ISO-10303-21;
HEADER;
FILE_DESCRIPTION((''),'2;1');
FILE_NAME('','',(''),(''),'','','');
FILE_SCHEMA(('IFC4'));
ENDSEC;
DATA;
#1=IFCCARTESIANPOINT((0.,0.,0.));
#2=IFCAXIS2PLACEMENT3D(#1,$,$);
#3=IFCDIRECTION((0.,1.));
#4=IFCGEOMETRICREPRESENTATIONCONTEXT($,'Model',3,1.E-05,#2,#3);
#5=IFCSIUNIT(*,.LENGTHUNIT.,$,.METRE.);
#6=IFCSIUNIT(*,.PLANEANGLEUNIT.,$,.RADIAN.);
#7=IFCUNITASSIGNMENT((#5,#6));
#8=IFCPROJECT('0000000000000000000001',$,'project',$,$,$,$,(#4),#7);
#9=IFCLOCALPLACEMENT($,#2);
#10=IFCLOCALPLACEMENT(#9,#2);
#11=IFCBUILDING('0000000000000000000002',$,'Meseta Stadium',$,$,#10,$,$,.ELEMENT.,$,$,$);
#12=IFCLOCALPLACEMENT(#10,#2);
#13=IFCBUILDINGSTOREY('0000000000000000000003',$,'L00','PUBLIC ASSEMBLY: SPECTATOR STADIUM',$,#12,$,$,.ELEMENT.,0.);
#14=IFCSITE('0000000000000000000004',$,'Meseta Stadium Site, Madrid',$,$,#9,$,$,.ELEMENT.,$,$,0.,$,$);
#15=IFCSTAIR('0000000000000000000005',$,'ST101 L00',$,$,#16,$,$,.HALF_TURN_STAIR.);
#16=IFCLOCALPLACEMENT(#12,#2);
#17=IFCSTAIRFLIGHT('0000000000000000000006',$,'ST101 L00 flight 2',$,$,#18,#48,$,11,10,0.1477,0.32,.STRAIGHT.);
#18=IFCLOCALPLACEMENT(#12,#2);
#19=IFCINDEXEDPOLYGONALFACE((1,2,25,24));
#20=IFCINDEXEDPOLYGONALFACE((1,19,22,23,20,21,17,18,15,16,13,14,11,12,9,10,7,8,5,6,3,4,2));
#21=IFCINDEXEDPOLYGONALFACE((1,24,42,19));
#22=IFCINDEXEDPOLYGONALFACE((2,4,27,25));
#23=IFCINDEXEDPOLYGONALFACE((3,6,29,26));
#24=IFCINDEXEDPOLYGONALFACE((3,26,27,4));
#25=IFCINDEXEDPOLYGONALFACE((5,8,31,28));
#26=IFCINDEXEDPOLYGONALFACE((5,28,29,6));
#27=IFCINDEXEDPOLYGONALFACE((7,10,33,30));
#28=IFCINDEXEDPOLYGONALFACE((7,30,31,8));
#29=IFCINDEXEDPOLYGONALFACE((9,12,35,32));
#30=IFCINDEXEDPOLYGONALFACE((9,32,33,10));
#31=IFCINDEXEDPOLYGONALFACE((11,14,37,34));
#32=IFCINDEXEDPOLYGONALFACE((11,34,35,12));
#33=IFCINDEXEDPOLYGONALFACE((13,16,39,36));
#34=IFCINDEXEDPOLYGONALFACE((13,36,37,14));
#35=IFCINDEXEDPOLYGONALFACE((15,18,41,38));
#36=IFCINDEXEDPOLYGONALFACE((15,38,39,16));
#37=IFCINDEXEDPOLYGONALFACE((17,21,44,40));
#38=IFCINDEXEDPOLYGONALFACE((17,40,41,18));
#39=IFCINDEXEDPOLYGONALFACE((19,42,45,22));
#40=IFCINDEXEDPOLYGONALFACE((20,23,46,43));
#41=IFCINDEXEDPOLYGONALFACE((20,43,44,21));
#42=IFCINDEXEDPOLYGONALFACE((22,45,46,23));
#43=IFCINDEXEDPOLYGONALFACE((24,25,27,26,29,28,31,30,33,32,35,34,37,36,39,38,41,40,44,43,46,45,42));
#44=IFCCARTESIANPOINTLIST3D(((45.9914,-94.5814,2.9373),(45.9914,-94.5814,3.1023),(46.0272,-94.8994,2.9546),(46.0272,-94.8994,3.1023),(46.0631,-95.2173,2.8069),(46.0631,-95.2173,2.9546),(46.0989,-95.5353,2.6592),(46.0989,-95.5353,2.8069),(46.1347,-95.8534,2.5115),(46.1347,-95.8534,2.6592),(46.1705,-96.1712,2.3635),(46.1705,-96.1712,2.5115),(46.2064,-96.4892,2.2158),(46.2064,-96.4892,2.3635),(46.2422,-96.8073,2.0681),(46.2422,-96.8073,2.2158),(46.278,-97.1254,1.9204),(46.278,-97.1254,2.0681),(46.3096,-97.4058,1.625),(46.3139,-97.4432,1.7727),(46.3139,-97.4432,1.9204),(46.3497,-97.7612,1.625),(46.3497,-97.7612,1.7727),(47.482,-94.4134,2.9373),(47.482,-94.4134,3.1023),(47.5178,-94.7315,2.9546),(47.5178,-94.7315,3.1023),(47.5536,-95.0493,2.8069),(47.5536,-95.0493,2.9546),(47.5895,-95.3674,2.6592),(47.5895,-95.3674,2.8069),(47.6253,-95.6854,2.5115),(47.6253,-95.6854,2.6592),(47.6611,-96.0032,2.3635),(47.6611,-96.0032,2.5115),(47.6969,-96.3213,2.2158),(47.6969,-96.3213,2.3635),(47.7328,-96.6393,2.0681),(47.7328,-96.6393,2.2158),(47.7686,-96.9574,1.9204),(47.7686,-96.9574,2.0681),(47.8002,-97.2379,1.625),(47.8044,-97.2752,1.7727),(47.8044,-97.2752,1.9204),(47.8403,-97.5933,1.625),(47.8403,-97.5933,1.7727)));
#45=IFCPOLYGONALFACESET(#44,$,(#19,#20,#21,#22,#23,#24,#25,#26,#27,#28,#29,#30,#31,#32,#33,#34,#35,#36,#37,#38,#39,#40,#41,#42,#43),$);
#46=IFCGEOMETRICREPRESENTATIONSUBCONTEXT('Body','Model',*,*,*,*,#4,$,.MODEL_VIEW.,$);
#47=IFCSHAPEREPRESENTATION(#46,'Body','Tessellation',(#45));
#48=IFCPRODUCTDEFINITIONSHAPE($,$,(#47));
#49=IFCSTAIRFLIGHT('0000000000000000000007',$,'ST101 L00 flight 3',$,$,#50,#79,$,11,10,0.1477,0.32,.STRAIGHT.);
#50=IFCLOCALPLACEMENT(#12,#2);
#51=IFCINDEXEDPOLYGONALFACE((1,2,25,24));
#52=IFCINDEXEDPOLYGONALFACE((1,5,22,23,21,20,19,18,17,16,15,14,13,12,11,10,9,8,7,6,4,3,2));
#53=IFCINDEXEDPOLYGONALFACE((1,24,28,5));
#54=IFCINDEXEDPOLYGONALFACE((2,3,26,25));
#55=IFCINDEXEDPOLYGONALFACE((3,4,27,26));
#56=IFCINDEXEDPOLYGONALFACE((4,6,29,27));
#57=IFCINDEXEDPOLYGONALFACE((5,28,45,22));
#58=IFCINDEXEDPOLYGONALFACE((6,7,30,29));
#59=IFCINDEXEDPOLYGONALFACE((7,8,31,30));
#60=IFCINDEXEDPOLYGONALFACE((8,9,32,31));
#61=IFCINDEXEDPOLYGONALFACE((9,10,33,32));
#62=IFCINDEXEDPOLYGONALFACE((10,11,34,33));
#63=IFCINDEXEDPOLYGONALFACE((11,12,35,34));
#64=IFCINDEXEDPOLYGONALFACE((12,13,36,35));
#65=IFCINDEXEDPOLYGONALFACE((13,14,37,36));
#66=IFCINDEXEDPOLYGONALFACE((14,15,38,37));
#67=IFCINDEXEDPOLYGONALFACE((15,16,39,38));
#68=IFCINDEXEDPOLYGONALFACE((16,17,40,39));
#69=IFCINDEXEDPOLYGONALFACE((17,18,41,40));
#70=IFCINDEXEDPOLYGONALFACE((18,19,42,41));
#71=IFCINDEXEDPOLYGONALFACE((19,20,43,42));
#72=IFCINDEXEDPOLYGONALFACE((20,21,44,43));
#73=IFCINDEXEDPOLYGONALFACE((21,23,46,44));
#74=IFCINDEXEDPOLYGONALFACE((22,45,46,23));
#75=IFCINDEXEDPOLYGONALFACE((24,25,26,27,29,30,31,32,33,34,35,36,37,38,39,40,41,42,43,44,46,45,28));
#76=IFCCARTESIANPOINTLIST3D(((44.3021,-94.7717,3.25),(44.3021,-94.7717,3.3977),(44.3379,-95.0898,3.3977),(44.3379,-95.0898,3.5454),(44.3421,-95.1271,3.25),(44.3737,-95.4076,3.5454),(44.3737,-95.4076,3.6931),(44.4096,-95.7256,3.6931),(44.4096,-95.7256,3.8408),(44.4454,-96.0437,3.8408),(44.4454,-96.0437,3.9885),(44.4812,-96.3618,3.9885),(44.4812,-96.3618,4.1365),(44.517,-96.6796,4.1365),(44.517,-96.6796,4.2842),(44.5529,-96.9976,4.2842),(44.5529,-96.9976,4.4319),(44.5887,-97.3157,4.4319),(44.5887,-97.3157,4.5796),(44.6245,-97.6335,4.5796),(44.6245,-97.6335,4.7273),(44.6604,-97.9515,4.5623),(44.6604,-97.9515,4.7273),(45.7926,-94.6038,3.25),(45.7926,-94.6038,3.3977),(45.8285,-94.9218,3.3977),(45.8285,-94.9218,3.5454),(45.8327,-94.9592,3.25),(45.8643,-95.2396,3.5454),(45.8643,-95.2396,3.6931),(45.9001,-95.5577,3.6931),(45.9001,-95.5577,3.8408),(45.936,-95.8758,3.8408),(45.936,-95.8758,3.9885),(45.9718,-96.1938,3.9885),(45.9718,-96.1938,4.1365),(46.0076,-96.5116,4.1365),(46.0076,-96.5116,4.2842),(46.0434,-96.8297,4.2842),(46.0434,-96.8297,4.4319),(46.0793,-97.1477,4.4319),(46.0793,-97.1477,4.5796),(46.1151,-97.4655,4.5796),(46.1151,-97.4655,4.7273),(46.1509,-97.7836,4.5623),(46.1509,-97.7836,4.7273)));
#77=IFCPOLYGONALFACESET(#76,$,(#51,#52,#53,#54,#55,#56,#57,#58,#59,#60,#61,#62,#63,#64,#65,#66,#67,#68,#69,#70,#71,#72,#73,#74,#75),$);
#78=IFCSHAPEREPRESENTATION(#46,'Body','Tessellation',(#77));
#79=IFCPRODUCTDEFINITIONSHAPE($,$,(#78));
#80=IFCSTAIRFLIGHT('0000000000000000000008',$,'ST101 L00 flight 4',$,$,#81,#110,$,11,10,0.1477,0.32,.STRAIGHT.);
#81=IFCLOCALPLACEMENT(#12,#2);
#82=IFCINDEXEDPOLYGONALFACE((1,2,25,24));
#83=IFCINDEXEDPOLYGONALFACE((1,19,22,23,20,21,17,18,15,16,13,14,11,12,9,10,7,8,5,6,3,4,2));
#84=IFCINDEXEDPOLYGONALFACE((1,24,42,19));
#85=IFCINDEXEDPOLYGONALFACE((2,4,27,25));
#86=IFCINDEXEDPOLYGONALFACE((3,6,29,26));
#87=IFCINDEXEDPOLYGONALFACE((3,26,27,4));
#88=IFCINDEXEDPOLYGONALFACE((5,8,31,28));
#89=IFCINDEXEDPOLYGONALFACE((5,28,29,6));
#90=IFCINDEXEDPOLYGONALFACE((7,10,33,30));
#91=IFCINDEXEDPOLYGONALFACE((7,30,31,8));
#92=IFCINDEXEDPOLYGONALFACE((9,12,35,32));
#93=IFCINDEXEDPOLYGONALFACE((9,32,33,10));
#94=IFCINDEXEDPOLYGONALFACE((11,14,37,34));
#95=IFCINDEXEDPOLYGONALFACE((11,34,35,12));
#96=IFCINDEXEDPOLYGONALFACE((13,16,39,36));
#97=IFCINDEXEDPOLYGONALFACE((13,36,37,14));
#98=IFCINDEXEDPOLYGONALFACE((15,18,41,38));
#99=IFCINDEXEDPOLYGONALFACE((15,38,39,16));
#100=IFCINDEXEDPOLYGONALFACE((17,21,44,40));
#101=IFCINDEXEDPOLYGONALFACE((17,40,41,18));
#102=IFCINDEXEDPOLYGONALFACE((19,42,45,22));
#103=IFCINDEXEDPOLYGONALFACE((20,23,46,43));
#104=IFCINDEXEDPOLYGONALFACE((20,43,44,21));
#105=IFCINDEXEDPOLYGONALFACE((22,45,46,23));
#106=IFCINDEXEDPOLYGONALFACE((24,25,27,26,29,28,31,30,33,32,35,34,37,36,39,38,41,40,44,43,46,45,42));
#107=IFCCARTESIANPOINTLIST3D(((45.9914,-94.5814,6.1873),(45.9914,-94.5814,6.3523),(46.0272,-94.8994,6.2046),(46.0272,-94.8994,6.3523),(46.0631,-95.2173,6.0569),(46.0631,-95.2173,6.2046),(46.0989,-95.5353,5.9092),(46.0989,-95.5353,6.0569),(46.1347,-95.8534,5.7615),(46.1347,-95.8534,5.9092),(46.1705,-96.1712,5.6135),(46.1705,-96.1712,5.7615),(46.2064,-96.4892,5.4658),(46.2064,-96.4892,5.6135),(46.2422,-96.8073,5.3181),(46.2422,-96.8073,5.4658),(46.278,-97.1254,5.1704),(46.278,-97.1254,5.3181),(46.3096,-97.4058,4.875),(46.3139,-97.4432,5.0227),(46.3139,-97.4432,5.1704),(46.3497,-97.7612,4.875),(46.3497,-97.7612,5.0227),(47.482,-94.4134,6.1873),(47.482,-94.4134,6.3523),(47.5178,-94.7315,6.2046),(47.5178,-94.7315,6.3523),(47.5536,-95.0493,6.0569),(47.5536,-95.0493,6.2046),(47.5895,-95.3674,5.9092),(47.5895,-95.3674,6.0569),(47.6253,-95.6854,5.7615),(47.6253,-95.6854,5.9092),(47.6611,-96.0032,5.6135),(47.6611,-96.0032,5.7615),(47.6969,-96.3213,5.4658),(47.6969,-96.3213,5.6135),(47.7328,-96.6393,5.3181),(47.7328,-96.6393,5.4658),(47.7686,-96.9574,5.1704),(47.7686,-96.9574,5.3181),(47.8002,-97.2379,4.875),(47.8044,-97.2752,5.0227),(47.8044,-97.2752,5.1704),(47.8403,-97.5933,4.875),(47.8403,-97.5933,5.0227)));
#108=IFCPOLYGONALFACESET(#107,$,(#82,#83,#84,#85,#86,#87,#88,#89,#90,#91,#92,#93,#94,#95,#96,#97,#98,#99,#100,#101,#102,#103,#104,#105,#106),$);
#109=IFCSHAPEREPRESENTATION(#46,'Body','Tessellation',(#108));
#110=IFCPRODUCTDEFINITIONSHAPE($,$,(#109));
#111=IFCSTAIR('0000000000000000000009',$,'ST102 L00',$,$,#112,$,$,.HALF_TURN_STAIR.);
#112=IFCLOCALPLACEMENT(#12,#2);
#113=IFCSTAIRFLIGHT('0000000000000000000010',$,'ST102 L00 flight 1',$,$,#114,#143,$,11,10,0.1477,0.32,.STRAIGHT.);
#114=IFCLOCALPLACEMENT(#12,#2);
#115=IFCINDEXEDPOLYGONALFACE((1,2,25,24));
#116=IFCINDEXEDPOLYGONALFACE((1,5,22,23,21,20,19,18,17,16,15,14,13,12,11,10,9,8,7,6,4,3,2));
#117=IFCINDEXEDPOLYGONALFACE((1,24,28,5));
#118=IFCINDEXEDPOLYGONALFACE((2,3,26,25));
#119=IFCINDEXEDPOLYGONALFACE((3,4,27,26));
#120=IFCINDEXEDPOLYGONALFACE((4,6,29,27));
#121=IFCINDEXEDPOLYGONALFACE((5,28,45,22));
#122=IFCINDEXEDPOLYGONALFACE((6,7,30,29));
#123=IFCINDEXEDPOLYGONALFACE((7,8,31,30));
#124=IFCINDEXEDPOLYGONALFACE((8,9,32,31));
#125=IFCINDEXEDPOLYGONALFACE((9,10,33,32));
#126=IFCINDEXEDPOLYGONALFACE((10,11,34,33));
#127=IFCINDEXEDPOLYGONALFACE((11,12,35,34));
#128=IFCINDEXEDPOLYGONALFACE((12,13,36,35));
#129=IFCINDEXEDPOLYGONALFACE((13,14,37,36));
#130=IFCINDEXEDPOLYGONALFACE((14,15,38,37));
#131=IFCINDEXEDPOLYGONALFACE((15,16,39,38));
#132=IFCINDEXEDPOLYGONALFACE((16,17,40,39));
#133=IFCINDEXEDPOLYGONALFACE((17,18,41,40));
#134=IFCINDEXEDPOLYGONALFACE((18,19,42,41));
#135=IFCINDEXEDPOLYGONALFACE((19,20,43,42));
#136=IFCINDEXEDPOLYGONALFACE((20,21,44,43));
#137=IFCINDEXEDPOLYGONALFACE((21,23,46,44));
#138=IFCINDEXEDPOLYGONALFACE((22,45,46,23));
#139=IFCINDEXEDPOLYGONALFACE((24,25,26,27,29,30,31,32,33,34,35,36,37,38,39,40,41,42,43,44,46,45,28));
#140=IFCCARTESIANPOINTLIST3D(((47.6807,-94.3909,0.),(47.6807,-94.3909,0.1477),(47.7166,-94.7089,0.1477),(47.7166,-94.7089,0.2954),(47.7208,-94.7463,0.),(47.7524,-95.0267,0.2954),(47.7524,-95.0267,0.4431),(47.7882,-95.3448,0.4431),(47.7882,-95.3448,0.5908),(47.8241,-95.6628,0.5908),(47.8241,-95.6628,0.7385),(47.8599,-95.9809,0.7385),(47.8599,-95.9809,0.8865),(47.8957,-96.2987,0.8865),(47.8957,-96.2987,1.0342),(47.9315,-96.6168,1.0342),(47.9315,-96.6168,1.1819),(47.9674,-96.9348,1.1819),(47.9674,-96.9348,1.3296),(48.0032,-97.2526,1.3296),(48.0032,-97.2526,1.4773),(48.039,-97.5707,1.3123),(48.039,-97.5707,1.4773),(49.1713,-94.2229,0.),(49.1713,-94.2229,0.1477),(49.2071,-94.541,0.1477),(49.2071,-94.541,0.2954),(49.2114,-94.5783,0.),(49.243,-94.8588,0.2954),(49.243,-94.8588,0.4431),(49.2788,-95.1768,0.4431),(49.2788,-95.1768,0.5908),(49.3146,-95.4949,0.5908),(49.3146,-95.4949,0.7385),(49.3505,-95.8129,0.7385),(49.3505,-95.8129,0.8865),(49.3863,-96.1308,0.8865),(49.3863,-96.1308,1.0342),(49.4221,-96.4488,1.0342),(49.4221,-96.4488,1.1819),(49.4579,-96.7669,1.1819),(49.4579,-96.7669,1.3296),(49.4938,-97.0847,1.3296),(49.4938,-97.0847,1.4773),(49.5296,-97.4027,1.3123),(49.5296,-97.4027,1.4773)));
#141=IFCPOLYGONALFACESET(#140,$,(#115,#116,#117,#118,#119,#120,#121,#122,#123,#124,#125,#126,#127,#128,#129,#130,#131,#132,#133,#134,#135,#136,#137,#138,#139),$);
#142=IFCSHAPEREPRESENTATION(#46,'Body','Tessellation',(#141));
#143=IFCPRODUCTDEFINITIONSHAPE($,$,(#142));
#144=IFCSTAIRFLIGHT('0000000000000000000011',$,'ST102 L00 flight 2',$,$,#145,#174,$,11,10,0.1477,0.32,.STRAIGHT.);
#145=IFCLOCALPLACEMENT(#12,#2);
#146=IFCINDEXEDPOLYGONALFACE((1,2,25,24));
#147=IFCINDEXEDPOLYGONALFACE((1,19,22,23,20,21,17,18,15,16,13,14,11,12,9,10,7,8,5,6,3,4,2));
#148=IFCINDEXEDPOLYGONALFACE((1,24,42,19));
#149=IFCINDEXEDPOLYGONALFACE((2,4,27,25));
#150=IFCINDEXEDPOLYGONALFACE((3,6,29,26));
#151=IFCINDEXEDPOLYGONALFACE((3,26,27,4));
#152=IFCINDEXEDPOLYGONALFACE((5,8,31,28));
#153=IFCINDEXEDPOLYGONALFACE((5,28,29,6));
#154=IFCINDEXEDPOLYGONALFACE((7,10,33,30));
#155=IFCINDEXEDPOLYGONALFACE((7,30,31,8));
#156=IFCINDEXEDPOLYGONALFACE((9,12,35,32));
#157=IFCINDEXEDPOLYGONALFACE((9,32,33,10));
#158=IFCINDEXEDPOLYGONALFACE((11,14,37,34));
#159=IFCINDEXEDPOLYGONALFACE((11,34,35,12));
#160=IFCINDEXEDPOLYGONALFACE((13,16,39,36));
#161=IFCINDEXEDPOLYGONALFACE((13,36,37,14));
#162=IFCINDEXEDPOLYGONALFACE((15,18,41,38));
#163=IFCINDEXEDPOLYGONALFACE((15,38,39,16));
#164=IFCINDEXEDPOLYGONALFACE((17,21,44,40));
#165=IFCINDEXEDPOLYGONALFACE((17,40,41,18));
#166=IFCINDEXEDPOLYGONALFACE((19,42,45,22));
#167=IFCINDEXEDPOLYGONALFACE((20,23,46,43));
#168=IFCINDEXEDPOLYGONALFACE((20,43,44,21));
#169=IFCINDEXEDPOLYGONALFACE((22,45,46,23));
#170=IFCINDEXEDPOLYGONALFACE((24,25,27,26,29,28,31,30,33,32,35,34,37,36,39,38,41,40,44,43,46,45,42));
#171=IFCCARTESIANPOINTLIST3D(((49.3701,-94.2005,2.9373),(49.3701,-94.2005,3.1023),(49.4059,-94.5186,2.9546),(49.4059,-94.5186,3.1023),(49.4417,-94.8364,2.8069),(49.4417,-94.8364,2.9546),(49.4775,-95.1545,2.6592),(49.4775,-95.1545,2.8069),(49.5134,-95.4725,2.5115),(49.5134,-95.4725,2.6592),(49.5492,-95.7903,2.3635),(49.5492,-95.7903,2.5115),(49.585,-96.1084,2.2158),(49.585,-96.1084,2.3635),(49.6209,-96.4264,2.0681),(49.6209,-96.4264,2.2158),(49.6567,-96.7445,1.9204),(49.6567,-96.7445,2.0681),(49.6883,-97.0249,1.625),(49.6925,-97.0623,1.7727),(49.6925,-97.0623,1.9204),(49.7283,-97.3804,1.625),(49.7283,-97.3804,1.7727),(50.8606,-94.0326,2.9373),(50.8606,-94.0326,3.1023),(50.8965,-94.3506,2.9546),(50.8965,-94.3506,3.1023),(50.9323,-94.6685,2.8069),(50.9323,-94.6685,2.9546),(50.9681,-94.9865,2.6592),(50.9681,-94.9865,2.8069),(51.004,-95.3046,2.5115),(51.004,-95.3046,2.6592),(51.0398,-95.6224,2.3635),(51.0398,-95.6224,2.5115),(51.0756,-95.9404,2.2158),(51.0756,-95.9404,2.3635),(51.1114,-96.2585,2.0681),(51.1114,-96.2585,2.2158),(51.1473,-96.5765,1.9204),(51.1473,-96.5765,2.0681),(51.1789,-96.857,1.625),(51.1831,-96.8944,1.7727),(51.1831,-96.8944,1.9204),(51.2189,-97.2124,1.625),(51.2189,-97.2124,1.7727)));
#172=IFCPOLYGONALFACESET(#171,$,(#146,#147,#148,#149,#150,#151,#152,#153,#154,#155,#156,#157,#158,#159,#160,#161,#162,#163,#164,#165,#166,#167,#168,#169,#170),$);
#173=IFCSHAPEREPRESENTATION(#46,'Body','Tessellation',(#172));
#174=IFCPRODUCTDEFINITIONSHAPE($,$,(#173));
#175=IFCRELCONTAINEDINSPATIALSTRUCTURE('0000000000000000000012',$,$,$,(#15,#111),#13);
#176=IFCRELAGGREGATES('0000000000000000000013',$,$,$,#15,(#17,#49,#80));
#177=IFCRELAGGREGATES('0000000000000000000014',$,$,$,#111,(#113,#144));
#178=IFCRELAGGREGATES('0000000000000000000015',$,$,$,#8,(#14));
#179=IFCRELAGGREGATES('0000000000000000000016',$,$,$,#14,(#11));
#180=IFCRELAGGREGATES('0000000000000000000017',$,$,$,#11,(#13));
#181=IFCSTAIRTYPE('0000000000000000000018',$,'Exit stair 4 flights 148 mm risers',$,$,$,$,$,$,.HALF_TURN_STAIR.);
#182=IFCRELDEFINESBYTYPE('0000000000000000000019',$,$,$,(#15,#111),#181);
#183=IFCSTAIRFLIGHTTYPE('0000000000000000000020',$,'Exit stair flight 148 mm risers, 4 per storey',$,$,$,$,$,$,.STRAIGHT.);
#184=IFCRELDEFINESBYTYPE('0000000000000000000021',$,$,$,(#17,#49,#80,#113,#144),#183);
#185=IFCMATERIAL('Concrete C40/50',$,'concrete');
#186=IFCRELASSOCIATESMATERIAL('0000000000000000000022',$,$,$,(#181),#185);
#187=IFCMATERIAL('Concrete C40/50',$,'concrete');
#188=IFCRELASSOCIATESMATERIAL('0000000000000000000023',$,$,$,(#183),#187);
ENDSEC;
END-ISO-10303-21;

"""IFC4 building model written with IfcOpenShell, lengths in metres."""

from ifc_helpers import new_model, si_unit, direction, frame, origin, place, context, subcontext, project, spatial, polyline, outline, extrude, material, type_object, element, aggregate, save


model = new_model("IFC4")

# Units and contexts
model_context = context("Model", 3, precision=1e-05, world=origin(), true_north=direction((0.0, 1.0)))
body_context = subcontext(model_context, "Body", "Model", "MODEL_VIEW")
ifc_project = project(units=[si_unit("LENGTHUNIT", "METRE"), si_unit("PLANEANGLEUNIT", "RADIAN")], contexts=[model_context])

# Site, building, storey
site_placement = place(None, origin())
site = spatial("IfcSite", under=ifc_project, at=site_placement, Name="Meseta Stadium Site, Madrid", CompositionType="ELEMENT", RefElevation=0.0)
building_placement = place(site_placement, origin())
building = spatial("IfcBuilding", under=site, at=building_placement, Name="Meseta Stadium", CompositionType="ELEMENT")
storey_placement = place(building_placement, origin())
storey = spatial("IfcBuildingStorey", under=building, at=storey_placement, Name="L00", Description="PUBLIC ASSEMBLY: SPECTATOR STADIUM", CompositionType="ELEMENT", Elevation=0.0)

# Stairs, stair flights
ifc_material_1 = material(Name="Concrete C40/50", Category="concrete")
stair_type = type_object("IfcStairType", Name="Exit stair 4 flights 148 mm risers", PredefinedType="HALF_TURN_STAIR", material=ifc_material_1)
stair_1_placement = place(storey_placement, origin())
stair_1 = element("IfcStair", 1, at=stair_1_placement, inside=storey, type_object=stair_type, Name="ST101 L00", PredefinedType="HALF_TURN_STAIR")
ifc_material_2 = material(Name="Concrete C40/50", Category="concrete")
stair_flight_type = type_object("IfcStairFlightType", Name="Exit stair flight 148 mm risers, 4 per storey", PredefinedType="STRAIGHT", material=ifc_material_2)
stair_flight_1_placement = place(storey_placement, frame((47.095, -97.6772, 1.625), z_axis=(0.0, 0.0, 1.0), x_axis=(-0.111964, 0.993712, 0.0)))
stair_flight_1 = element("IfcStairFlight", 2, at=stair_flight_1_placement, type_object=stair_flight_type, Name="ST101 L00 flight 2", NumberOfRisers=11, NumberOfTreads=10, PredefinedType="STRAIGHT", RiserHeight=0.1477, TreadLength=0.32, context=body_context, shape_type="SweptSolid", body=[
    extrude(outline(polyline([(0.0, 0.0), (0.0, 0.1477), (0.3201, 0.1477), (0.3201, 0.2954), (0.6399, 0.2954), (0.6399, 0.4431), (0.96, 0.4431), (0.96, 0.5908), (1.28, 0.5908), (1.28, 0.7385), (1.6001, 0.7385), (1.6001, 0.8865), (1.9199, 0.8865), (1.9199, 1.0342), (2.24, 1.0342), (2.24, 1.1819), (2.5601, 1.1819), (2.5601, 1.3296), (2.8799, 1.3296), (2.8799, 1.4773), (3.2, 1.4773), (3.2, 1.3123), (0.3577, 0.0), (0.0, 0.0)])), frame((0.0, 0.75, 0.0), z_axis=(0.0, -1.0, 0.0), x_axis=(1.0, 0.0, 0.0)), (0.0, 0.0, 1.0), 1.5),
])
stair_flight_2_placement = place(storey_placement, frame((45.0474, -94.6877, 3.25), z_axis=(0.0, 0.0, 1.0), x_axis=(0.111964, -0.993712, 0.0)))
stair_flight_2 = element("IfcStairFlight", 3, at=stair_flight_2_placement, type_object=stair_flight_type, Name="ST101 L00 flight 3", NumberOfRisers=11, NumberOfTreads=10, PredefinedType="STRAIGHT", RiserHeight=0.1477, TreadLength=0.32, context=body_context, shape_type="SweptSolid", body=[
    extrude(outline(polyline([(0.0, 0.0), (0.0, 0.1477), (0.3201, 0.1477), (0.3201, 0.2954), (0.6399, 0.2954), (0.6399, 0.4431), (0.96, 0.4431), (0.96, 0.5908), (1.28, 0.5908), (1.28, 0.7385), (1.6001, 0.7385), (1.6001, 0.8865), (1.9199, 0.8865), (1.9199, 1.0342), (2.24, 1.0342), (2.24, 1.1819), (2.5601, 1.1819), (2.5601, 1.3296), (2.8799, 1.3296), (2.8799, 1.4773), (3.2, 1.4773), (3.2, 1.3123), (0.3577, 0.0), (0.0, 0.0)])), frame((0.0, 0.75, 0.0), z_axis=(0.0, -1.0, 0.0), x_axis=(1.0, 0.0, 0.0)), (0.0, 0.0, 1.0), 1.5),
])
stair_flight_3_placement = place(storey_placement, frame((47.095, -97.6772, 4.875), z_axis=(0.0, 0.0, 1.0), x_axis=(-0.111964, 0.993712, 0.0)))
stair_flight_3 = element("IfcStairFlight", 4, at=stair_flight_3_placement, type_object=stair_flight_type, Name="ST101 L00 flight 4", NumberOfRisers=11, NumberOfTreads=10, PredefinedType="STRAIGHT", RiserHeight=0.1477, TreadLength=0.32, context=body_context, shape_type="SweptSolid", body=[
    extrude(outline(polyline([(0.0, 0.0), (0.0, 0.1477), (0.3201, 0.1477), (0.3201, 0.2954), (0.6399, 0.2954), (0.6399, 0.4431), (0.96, 0.4431), (0.96, 0.5908), (1.28, 0.5908), (1.28, 0.7385), (1.6001, 0.7385), (1.6001, 0.8865), (1.9199, 0.8865), (1.9199, 1.0342), (2.24, 1.0342), (2.24, 1.1819), (2.5601, 1.1819), (2.5601, 1.3296), (2.8799, 1.3296), (2.8799, 1.4773), (3.2, 1.4773), (3.2, 1.3123), (0.3577, 0.0), (0.0, 0.0)])), frame((0.0, 0.75, 0.0), z_axis=(0.0, -1.0, 0.0), x_axis=(1.0, 0.0, 0.0)), (0.0, 0.0, 1.0), 1.5),
])
aggregate(stair_1, [stair_flight_1, stair_flight_2, stair_flight_3])
stair_2_placement = place(storey_placement, origin())
stair_2 = element("IfcStair", 5, at=stair_2_placement, inside=storey, type_object=stair_type, Name="ST102 L00", PredefinedType="HALF_TURN_STAIR")
stair_flight_4_placement = place(storey_placement, frame((48.426, -94.3069, 0.0), z_axis=(0.0, 0.0, 1.0), x_axis=(0.111964, -0.993712, 0.0)))
stair_flight_4 = element("IfcStairFlight", 6, at=stair_flight_4_placement, type_object=stair_flight_type, Name="ST102 L00 flight 1", NumberOfRisers=11, NumberOfTreads=10, PredefinedType="STRAIGHT", RiserHeight=0.1477, TreadLength=0.32, context=body_context, shape_type="SweptSolid", body=[
    extrude(outline(polyline([(0.0, 0.0), (0.0, 0.1477), (0.3201, 0.1477), (0.3201, 0.2954), (0.6399, 0.2954), (0.6399, 0.4431), (0.96, 0.4431), (0.96, 0.5908), (1.28, 0.5908), (1.28, 0.7385), (1.6001, 0.7385), (1.6001, 0.8865), (1.9199, 0.8865), (1.9199, 1.0342), (2.24, 1.0342), (2.24, 1.1819), (2.5601, 1.1819), (2.5601, 1.3296), (2.8799, 1.3296), (2.8799, 1.4773), (3.2, 1.4773), (3.2, 1.3123), (0.3577, 0.0), (0.0, 0.0)])), frame((0.0, 0.75, 0.0), z_axis=(0.0, -1.0, 0.0), x_axis=(1.0, 0.0, 0.0)), (0.0, 0.0, 1.0), 1.5),
])
stair_flight_5_placement = place(storey_placement, frame((50.4736, -97.2964, 1.625), z_axis=(0.0, 0.0, 1.0), x_axis=(-0.111964, 0.993712, 0.0)))
stair_flight_5 = element("IfcStairFlight", 7, at=stair_flight_5_placement, type_object=stair_flight_type, Name="ST102 L00 flight 2", NumberOfRisers=11, NumberOfTreads=10, PredefinedType="STRAIGHT", RiserHeight=0.1477, TreadLength=0.32, context=body_context, shape_type="SweptSolid", body=[
    extrude(outline(polyline([(0.0, 0.0), (0.0, 0.1477), (0.3201, 0.1477), (0.3201, 0.2954), (0.6399, 0.2954), (0.6399, 0.4431), (0.96, 0.4431), (0.96, 0.5908), (1.28, 0.5908), (1.28, 0.7385), (1.6001, 0.7385), (1.6001, 0.8865), (1.9199, 0.8865), (1.9199, 1.0342), (2.24, 1.0342), (2.24, 1.1819), (2.5601, 1.1819), (2.5601, 1.3296), (2.8799, 1.3296), (2.8799, 1.4773), (3.2, 1.4773), (3.2, 1.3123), (0.3577, 0.0), (0.0, 0.0)])), frame((0.0, 0.75, 0.0), z_axis=(0.0, -1.0, 0.0), x_axis=(1.0, 0.0, 0.0)), (0.0, 0.0, 1.0), 1.5),
])
aggregate(stair_2, [stair_flight_4, stair_flight_5])

save(model, "model.ifc")
